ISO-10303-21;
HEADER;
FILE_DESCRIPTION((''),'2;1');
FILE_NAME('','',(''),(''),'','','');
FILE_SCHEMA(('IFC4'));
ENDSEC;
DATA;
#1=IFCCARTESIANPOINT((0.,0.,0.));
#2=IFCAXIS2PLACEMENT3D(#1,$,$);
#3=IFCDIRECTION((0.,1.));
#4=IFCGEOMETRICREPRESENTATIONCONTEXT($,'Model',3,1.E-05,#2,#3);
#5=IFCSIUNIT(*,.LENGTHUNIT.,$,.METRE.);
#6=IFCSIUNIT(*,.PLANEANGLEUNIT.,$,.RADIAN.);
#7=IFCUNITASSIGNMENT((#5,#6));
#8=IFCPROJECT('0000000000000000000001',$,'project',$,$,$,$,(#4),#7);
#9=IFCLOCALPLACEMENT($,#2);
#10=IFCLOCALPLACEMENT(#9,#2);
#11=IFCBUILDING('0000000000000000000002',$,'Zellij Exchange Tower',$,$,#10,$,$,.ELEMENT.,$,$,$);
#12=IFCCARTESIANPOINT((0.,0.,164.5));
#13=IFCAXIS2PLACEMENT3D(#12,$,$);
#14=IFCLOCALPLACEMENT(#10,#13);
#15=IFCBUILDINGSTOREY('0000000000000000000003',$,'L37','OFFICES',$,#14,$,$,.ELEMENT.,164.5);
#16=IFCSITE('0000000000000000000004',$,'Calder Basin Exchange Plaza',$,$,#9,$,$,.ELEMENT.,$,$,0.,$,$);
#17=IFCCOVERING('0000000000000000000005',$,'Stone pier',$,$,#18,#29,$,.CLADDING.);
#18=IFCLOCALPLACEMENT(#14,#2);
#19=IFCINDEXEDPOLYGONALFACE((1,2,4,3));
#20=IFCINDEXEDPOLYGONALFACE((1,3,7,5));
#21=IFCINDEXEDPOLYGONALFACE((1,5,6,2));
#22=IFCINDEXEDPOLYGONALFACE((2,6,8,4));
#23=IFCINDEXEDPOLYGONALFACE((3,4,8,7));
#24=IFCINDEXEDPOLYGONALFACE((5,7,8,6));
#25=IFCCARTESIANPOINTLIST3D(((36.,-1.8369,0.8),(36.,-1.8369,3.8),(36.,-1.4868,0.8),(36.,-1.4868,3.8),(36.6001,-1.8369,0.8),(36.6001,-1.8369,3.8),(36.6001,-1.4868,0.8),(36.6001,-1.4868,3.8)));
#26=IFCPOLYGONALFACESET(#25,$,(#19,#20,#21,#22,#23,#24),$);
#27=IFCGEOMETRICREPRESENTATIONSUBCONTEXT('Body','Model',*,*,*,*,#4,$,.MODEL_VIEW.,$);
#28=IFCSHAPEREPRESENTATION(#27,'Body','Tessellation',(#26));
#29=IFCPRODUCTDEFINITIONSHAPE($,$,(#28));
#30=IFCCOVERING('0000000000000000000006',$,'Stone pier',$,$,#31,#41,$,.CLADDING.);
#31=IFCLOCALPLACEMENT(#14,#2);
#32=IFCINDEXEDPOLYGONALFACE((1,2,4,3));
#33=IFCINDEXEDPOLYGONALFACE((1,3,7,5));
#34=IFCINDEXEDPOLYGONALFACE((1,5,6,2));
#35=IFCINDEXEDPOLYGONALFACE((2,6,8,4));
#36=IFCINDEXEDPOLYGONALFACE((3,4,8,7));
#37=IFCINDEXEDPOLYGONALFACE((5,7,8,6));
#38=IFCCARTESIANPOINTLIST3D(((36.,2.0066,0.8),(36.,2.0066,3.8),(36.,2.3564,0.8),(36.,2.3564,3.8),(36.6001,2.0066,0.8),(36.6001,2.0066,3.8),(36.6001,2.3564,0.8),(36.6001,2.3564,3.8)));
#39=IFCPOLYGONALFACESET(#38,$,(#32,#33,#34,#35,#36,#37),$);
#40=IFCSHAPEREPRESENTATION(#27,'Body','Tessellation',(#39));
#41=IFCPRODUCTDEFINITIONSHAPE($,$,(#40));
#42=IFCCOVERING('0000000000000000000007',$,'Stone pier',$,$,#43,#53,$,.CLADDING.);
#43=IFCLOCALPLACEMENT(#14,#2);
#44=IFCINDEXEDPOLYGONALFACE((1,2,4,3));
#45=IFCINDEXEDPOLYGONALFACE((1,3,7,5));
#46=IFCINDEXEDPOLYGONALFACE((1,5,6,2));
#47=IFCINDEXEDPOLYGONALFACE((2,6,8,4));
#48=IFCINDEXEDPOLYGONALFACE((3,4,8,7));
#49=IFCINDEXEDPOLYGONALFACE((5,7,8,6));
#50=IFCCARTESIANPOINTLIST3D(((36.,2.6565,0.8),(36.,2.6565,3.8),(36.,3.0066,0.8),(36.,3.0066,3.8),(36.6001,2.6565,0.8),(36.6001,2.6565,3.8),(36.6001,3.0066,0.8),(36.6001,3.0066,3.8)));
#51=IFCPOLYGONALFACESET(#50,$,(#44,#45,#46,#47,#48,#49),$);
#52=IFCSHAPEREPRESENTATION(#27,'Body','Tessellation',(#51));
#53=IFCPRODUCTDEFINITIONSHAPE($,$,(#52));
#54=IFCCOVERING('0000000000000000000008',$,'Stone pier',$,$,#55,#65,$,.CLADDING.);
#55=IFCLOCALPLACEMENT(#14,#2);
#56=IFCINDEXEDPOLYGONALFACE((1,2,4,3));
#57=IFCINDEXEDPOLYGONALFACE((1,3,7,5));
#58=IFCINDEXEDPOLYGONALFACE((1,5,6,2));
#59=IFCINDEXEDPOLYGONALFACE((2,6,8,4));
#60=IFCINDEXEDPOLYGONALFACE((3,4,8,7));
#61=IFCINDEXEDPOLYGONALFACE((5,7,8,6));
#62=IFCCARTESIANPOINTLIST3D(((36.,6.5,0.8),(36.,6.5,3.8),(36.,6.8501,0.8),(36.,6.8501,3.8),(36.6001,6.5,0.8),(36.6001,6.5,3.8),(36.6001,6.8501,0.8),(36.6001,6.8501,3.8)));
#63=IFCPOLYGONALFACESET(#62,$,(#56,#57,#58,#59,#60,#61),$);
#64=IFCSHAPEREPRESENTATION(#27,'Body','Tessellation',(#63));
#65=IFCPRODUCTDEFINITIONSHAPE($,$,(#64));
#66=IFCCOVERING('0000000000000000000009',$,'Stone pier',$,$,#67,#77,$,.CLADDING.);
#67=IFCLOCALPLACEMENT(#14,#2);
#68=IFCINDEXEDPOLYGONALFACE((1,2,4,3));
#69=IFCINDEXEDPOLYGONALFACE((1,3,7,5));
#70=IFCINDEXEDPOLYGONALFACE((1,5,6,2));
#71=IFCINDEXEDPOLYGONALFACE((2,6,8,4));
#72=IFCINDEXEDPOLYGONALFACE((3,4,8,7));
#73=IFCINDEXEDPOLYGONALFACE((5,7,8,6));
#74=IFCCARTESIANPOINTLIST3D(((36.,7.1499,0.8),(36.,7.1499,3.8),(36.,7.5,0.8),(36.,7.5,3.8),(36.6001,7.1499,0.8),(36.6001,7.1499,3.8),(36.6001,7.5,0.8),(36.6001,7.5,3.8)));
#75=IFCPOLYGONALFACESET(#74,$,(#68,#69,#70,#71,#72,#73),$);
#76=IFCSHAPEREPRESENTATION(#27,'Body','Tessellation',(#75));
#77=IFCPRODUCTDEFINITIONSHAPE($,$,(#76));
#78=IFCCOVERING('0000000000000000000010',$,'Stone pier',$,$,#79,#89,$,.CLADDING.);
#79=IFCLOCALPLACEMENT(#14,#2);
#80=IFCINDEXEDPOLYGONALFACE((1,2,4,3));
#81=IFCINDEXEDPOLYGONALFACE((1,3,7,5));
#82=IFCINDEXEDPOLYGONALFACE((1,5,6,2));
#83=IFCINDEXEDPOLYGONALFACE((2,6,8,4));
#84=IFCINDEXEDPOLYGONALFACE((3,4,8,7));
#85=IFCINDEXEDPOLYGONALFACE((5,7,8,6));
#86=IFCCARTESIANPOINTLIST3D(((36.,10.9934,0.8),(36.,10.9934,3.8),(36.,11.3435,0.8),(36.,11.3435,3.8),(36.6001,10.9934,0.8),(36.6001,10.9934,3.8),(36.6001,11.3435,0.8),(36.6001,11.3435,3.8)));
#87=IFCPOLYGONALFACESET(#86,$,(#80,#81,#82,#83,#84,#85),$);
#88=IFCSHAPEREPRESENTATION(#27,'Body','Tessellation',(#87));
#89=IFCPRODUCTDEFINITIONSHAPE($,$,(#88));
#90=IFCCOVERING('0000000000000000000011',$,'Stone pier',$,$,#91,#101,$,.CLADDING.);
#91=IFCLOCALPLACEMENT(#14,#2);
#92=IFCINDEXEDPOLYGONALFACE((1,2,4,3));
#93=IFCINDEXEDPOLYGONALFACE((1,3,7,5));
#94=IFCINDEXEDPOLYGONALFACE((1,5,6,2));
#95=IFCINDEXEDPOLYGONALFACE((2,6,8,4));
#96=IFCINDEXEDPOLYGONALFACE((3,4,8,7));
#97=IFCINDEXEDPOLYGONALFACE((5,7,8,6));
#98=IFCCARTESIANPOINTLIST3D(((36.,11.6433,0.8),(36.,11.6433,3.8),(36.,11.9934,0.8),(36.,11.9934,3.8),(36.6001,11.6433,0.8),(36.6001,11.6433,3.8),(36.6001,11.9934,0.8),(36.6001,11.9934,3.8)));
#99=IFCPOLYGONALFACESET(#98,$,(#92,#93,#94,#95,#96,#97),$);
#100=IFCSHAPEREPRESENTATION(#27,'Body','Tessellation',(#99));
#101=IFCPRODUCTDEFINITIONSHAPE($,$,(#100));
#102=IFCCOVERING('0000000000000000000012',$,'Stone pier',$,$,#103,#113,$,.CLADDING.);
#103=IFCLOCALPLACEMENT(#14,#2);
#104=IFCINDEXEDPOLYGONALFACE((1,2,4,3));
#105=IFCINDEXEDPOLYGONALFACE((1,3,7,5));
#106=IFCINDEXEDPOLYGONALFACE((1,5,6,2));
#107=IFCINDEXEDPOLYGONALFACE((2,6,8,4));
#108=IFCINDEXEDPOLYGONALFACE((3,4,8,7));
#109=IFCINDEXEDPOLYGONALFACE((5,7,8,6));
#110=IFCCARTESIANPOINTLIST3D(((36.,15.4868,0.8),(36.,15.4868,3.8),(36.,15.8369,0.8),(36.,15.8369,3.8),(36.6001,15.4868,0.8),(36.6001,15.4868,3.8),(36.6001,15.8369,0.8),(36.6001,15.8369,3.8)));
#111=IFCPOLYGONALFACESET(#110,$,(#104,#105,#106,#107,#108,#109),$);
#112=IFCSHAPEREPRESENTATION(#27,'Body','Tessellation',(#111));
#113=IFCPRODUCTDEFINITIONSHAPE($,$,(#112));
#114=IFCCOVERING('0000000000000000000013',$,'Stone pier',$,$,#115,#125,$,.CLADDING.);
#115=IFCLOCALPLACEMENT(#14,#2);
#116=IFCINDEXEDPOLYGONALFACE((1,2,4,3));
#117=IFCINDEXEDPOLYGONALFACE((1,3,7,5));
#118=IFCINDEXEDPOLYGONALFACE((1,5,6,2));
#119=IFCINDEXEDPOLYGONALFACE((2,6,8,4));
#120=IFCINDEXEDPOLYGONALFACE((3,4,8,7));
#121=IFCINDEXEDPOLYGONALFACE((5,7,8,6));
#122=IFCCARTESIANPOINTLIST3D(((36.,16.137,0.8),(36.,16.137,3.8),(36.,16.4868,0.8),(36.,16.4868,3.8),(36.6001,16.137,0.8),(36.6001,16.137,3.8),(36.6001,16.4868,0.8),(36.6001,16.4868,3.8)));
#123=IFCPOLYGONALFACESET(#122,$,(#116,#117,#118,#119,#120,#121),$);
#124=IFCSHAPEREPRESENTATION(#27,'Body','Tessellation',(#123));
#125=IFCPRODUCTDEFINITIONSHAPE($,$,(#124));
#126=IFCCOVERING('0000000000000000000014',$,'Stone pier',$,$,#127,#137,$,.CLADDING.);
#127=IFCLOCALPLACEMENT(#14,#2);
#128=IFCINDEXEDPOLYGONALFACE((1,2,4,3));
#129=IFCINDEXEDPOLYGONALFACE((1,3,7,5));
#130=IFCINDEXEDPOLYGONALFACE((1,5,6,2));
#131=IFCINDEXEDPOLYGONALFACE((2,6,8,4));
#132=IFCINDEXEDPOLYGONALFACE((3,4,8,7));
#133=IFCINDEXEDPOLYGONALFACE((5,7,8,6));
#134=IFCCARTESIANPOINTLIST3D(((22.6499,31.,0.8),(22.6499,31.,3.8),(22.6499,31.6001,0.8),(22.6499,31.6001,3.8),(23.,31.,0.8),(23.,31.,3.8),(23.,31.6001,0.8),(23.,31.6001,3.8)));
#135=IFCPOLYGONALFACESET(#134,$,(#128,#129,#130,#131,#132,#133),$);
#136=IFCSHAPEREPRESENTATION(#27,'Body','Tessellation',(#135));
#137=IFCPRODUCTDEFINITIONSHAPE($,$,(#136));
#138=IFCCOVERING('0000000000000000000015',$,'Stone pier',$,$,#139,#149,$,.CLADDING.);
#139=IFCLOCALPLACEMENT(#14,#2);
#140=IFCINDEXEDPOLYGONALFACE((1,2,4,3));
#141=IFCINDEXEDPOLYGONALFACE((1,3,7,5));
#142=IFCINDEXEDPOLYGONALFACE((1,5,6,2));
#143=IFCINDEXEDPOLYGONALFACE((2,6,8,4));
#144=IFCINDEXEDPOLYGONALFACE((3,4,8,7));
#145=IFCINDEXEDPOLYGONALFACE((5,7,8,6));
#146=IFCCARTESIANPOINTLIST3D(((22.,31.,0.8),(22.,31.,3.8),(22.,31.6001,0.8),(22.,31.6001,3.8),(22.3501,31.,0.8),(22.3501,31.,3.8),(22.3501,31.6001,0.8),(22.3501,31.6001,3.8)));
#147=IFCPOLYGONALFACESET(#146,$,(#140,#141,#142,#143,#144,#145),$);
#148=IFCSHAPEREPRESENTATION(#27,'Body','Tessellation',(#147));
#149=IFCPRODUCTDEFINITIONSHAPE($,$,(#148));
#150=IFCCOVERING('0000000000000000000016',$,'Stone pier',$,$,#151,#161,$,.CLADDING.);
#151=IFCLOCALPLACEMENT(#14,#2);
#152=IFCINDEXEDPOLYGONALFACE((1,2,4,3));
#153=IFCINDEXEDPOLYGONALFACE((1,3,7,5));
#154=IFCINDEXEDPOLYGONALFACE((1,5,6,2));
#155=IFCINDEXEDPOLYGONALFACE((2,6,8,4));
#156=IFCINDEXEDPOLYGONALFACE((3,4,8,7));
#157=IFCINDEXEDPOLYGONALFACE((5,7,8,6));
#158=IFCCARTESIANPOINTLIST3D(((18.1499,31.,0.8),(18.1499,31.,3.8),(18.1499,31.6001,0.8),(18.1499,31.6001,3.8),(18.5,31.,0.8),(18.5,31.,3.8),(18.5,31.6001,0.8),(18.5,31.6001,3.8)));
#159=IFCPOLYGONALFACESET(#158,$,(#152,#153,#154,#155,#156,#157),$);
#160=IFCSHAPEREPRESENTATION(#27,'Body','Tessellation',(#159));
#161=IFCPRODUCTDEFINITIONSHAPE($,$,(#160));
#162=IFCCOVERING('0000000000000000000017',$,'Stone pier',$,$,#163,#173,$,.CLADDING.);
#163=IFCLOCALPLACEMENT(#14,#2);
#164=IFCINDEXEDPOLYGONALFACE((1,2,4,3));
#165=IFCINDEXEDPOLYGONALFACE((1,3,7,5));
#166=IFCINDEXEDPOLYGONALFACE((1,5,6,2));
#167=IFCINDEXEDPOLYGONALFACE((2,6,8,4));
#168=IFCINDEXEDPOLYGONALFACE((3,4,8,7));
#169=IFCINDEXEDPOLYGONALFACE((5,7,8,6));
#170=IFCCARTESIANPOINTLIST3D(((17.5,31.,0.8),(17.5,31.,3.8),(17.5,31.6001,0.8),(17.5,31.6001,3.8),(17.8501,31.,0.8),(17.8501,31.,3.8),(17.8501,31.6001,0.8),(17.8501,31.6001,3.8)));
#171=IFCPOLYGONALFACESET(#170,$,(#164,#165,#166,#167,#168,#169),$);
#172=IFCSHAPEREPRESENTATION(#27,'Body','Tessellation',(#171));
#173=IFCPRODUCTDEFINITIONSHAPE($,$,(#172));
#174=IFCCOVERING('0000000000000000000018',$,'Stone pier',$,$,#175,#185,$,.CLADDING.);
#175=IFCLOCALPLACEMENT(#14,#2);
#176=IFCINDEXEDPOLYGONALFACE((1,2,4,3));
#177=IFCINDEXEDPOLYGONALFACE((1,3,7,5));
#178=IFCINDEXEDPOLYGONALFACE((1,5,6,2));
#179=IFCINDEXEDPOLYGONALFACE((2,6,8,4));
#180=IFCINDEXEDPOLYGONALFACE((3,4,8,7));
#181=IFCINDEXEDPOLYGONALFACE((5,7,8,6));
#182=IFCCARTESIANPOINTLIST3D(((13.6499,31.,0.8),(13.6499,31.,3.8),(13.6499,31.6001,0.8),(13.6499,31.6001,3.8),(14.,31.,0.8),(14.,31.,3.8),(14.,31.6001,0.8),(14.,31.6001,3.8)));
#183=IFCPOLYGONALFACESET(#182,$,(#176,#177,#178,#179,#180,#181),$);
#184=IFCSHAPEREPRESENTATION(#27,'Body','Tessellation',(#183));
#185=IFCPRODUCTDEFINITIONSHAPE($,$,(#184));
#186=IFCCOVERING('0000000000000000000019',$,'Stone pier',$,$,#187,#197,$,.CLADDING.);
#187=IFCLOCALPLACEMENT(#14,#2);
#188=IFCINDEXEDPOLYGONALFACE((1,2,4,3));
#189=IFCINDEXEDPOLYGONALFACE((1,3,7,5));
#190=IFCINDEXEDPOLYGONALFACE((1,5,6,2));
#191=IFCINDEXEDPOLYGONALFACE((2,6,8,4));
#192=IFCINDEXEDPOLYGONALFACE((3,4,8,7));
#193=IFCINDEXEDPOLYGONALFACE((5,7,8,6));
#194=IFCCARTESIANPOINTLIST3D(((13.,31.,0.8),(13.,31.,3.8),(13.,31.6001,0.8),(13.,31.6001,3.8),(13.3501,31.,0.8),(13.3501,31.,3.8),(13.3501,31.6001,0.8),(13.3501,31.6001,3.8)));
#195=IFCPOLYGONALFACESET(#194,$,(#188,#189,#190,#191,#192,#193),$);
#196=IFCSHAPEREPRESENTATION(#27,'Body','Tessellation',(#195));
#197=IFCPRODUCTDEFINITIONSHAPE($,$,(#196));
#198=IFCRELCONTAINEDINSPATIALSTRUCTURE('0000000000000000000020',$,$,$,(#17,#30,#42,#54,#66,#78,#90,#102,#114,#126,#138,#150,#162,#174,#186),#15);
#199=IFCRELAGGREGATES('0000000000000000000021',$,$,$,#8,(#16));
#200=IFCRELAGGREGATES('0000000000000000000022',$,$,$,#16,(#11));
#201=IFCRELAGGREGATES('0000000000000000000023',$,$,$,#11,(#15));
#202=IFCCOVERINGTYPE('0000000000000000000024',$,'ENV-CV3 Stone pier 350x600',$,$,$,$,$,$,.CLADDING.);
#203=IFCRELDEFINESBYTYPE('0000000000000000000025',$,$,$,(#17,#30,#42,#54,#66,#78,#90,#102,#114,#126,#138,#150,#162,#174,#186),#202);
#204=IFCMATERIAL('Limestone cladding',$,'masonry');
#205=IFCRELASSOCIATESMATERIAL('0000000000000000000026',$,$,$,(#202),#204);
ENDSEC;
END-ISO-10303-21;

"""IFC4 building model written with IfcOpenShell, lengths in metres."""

from ifc_helpers import new_model, si_unit, direction, frame, origin, place, context, subcontext, project, spatial, polyline, outline, extrude, material, type_object, element, save


model = new_model("IFC4")

# Units and contexts
model_context = context("Model", 3, precision=1e-05, world=origin(), true_north=direction((0.0, 1.0)))
body_context = subcontext(model_context, "Body", "Model", "MODEL_VIEW")
ifc_project = project(units=[si_unit("LENGTHUNIT", "METRE"), si_unit("PLANEANGLEUNIT", "RADIAN")], contexts=[model_context])

# Site, building, storey
site_placement = place(None, origin())
site = spatial("IfcSite", under=ifc_project, at=site_placement, Name="Calder Basin Exchange Plaza", CompositionType="ELEMENT", RefElevation=0.0)
building_placement = place(site_placement, origin())
building = spatial("IfcBuilding", under=site, at=building_placement, Name="Zellij Exchange Tower", CompositionType="ELEMENT")
storey_placement = place(building_placement, frame((0.0, 0.0, 164.5)))
storey = spatial("IfcBuildingStorey", under=building, at=storey_placement, Name="L37", Description="OFFICES", CompositionType="ELEMENT", Elevation=164.5)

# Coverings
ifc_material = material(Name="Limestone cladding", Category="masonry")
covering_type = type_object("IfcCoveringType", Name="ENV-CV3 Stone pier 350x600", PredefinedType="CLADDING", material=ifc_material)
covering_1_placement = place(storey_placement, frame((0.0, 0.0, 0.8)))
element("IfcCovering", 1, at=covering_1_placement, inside=storey, type_object=covering_type, Name="Stone pier", PredefinedType="CLADDING", context=body_context, shape_type="SweptSolid", body=[
    extrude(outline(polyline([(36.0, -1.8369), (36.0, -1.4868), (36.6001, -1.4868), (36.6001, -1.8369), (36.0, -1.8369)])), origin(), (0.0, 0.0, 1.0), 3.0),
])
covering_2_placement = place(storey_placement, frame((0.0, 0.0, 0.8)))
element("IfcCovering", 2, at=covering_2_placement, inside=storey, type_object=covering_type, Name="Stone pier", PredefinedType="CLADDING", context=body_context, shape_type="SweptSolid", body=[
    extrude(outline(polyline([(36.0, 2.0066), (36.0, 2.3564), (36.6001, 2.3564), (36.6001, 2.0066), (36.0, 2.0066)])), origin(), (0.0, 0.0, 1.0), 3.0),
])
covering_3_placement = place(storey_placement, frame((0.0, 0.0, 0.8)))
element("IfcCovering", 3, at=covering_3_placement, inside=storey, type_object=covering_type, Name="Stone pier", PredefinedType="CLADDING", context=body_context, shape_type="SweptSolid", body=[
    extrude(outline(polyline([(36.0, 2.6565), (36.0, 3.0066), (36.6001, 3.0066), (36.6001, 2.6565), (36.0, 2.6565)])), origin(), (0.0, 0.0, 1.0), 3.0),
])
covering_4_placement = place(storey_placement, frame((0.0, 0.0, 0.8)))
element("IfcCovering", 4, at=covering_4_placement, inside=storey, type_object=covering_type, Name="Stone pier", PredefinedType="CLADDING", context=body_context, shape_type="SweptSolid", body=[
    extrude(outline(polyline([(36.0, 6.5), (36.0, 6.8501), (36.6001, 6.8501), (36.6001, 6.5), (36.0, 6.5)])), origin(), (0.0, 0.0, 1.0), 3.0),
])
covering_5_placement = place(storey_placement, frame((0.0, 0.0, 0.8)))
element("IfcCovering", 5, at=covering_5_placement, inside=storey, type_object=covering_type, Name="Stone pier", PredefinedType="CLADDING", context=body_context, shape_type="SweptSolid", body=[
    extrude(outline(polyline([(36.0, 7.1499), (36.0, 7.5), (36.6001, 7.5), (36.6001, 7.1499), (36.0, 7.1499)])), origin(), (0.0, 0.0, 1.0), 3.0),
])
covering_6_placement = place(storey_placement, frame((0.0, 0.0, 0.8)))
element("IfcCovering", 6, at=covering_6_placement, inside=storey, type_object=covering_type, Name="Stone pier", PredefinedType="CLADDING", context=body_context, shape_type="SweptSolid", body=[
    extrude(outline(polyline([(36.0, 10.9934), (36.0, 11.3435), (36.6001, 11.3435), (36.6001, 10.9934), (36.0, 10.9934)])), origin(), (0.0, 0.0, 1.0), 3.0),
])
covering_7_placement = place(storey_placement, frame((0.0, 0.0, 0.8)))
element("IfcCovering", 7, at=covering_7_placement, inside=storey, type_object=covering_type, Name="Stone pier", PredefinedType="CLADDING", context=body_context, shape_type="SweptSolid", body=[
    extrude(outline(polyline([(36.0, 11.6433), (36.0, 11.9934), (36.6001, 11.9934), (36.6001, 11.6433), (36.0, 11.6433)])), origin(), (0.0, 0.0, 1.0), 3.0),
])
covering_8_placement = place(storey_placement, frame((0.0, 0.0, 0.8)))
element("IfcCovering", 8, at=covering_8_placement, inside=storey, type_object=covering_type, Name="Stone pier", PredefinedType="CLADDING", context=body_context, shape_type="SweptSolid", body=[
    extrude(outline(polyline([(36.0, 15.4868), (36.0, 15.8369), (36.6001, 15.8369), (36.6001, 15.4868), (36.0, 15.4868)])), origin(), (0.0, 0.0, 1.0), 3.0),
])
covering_9_placement = place(storey_placement, frame((0.0, 0.0, 0.8)))
element("IfcCovering", 9, at=covering_9_placement, inside=storey, type_object=covering_type, Name="Stone pier", PredefinedType="CLADDING", context=body_context, shape_type="SweptSolid", body=[
    extrude(outline(polyline([(36.0, 16.137), (36.0, 16.4868), (36.6001, 16.4868), (36.6001, 16.137), (36.0, 16.137)])), origin(), (0.0, 0.0, 1.0), 3.0),
])
covering_10_placement = place(storey_placement, frame((0.0, 0.0, 0.8)))
element("IfcCovering", 10, at=covering_10_placement, inside=storey, type_object=covering_type, Name="Stone pier", PredefinedType="CLADDING", context=body_context, shape_type="SweptSolid", body=[
    extrude(outline(polyline([(23.0, 31.0), (22.6499, 31.0), (22.6499, 31.6001), (23.0, 31.6001), (23.0, 31.0)])), origin(), (0.0, 0.0, 1.0), 3.0),
])
covering_11_placement = place(storey_placement, frame((0.0, 0.0, 0.8)))
element("IfcCovering", 11, at=covering_11_placement, inside=storey, type_object=covering_type, Name="Stone pier", PredefinedType="CLADDING", context=body_context, shape_type="SweptSolid", body=[
    extrude(outline(polyline([(22.3501, 31.0), (22.0, 31.0), (22.0, 31.6001), (22.3501, 31.6001), (22.3501, 31.0)])), origin(), (0.0, 0.0, 1.0), 3.0),
])
covering_12_placement = place(storey_placement, frame((0.0, 0.0, 0.8)))
element("IfcCovering", 12, at=covering_12_placement, inside=storey, type_object=covering_type, Name="Stone pier", PredefinedType="CLADDING", context=body_context, shape_type="SweptSolid", body=[
    extrude(outline(polyline([(18.5, 31.0), (18.1499, 31.0), (18.1499, 31.6001), (18.5, 31.6001), (18.5, 31.0)])), origin(), (0.0, 0.0, 1.0), 3.0),
])
covering_13_placement = place(storey_placement, frame((0.0, 0.0, 0.8)))
element("IfcCovering", 13, at=covering_13_placement, inside=storey, type_object=covering_type, Name="Stone pier", PredefinedType="CLADDING", context=body_context, shape_type="SweptSolid", body=[
    extrude(outline(polyline([(17.8501, 31.0), (17.5, 31.0), (17.5, 31.6001), (17.8501, 31.6001), (17.8501, 31.0)])), origin(), (0.0, 0.0, 1.0), 3.0),
])
covering_14_placement = place(storey_placement, frame((0.0, 0.0, 0.8)))
element("IfcCovering", 14, at=covering_14_placement, inside=storey, type_object=covering_type, Name="Stone pier", PredefinedType="CLADDING", context=body_context, shape_type="SweptSolid", body=[
    extrude(outline(polyline([(14.0, 31.0), (13.6499, 31.0), (13.6499, 31.6001), (14.0, 31.6001), (14.0, 31.0)])), origin(), (0.0, 0.0, 1.0), 3.0),
])
covering_15_placement = place(storey_placement, frame((0.0, 0.0, 0.8)))
element("IfcCovering", 15, at=covering_15_placement, inside=storey, type_object=covering_type, Name="Stone pier", PredefinedType="CLADDING", context=body_context, shape_type="SweptSolid", body=[
    extrude(outline(polyline([(13.3501, 31.0), (13.0, 31.0), (13.0, 31.6001), (13.3501, 31.6001), (13.3501, 31.0)])), origin(), (0.0, 0.0, 1.0), 3.0),
])

save(model, "model.ifc")
